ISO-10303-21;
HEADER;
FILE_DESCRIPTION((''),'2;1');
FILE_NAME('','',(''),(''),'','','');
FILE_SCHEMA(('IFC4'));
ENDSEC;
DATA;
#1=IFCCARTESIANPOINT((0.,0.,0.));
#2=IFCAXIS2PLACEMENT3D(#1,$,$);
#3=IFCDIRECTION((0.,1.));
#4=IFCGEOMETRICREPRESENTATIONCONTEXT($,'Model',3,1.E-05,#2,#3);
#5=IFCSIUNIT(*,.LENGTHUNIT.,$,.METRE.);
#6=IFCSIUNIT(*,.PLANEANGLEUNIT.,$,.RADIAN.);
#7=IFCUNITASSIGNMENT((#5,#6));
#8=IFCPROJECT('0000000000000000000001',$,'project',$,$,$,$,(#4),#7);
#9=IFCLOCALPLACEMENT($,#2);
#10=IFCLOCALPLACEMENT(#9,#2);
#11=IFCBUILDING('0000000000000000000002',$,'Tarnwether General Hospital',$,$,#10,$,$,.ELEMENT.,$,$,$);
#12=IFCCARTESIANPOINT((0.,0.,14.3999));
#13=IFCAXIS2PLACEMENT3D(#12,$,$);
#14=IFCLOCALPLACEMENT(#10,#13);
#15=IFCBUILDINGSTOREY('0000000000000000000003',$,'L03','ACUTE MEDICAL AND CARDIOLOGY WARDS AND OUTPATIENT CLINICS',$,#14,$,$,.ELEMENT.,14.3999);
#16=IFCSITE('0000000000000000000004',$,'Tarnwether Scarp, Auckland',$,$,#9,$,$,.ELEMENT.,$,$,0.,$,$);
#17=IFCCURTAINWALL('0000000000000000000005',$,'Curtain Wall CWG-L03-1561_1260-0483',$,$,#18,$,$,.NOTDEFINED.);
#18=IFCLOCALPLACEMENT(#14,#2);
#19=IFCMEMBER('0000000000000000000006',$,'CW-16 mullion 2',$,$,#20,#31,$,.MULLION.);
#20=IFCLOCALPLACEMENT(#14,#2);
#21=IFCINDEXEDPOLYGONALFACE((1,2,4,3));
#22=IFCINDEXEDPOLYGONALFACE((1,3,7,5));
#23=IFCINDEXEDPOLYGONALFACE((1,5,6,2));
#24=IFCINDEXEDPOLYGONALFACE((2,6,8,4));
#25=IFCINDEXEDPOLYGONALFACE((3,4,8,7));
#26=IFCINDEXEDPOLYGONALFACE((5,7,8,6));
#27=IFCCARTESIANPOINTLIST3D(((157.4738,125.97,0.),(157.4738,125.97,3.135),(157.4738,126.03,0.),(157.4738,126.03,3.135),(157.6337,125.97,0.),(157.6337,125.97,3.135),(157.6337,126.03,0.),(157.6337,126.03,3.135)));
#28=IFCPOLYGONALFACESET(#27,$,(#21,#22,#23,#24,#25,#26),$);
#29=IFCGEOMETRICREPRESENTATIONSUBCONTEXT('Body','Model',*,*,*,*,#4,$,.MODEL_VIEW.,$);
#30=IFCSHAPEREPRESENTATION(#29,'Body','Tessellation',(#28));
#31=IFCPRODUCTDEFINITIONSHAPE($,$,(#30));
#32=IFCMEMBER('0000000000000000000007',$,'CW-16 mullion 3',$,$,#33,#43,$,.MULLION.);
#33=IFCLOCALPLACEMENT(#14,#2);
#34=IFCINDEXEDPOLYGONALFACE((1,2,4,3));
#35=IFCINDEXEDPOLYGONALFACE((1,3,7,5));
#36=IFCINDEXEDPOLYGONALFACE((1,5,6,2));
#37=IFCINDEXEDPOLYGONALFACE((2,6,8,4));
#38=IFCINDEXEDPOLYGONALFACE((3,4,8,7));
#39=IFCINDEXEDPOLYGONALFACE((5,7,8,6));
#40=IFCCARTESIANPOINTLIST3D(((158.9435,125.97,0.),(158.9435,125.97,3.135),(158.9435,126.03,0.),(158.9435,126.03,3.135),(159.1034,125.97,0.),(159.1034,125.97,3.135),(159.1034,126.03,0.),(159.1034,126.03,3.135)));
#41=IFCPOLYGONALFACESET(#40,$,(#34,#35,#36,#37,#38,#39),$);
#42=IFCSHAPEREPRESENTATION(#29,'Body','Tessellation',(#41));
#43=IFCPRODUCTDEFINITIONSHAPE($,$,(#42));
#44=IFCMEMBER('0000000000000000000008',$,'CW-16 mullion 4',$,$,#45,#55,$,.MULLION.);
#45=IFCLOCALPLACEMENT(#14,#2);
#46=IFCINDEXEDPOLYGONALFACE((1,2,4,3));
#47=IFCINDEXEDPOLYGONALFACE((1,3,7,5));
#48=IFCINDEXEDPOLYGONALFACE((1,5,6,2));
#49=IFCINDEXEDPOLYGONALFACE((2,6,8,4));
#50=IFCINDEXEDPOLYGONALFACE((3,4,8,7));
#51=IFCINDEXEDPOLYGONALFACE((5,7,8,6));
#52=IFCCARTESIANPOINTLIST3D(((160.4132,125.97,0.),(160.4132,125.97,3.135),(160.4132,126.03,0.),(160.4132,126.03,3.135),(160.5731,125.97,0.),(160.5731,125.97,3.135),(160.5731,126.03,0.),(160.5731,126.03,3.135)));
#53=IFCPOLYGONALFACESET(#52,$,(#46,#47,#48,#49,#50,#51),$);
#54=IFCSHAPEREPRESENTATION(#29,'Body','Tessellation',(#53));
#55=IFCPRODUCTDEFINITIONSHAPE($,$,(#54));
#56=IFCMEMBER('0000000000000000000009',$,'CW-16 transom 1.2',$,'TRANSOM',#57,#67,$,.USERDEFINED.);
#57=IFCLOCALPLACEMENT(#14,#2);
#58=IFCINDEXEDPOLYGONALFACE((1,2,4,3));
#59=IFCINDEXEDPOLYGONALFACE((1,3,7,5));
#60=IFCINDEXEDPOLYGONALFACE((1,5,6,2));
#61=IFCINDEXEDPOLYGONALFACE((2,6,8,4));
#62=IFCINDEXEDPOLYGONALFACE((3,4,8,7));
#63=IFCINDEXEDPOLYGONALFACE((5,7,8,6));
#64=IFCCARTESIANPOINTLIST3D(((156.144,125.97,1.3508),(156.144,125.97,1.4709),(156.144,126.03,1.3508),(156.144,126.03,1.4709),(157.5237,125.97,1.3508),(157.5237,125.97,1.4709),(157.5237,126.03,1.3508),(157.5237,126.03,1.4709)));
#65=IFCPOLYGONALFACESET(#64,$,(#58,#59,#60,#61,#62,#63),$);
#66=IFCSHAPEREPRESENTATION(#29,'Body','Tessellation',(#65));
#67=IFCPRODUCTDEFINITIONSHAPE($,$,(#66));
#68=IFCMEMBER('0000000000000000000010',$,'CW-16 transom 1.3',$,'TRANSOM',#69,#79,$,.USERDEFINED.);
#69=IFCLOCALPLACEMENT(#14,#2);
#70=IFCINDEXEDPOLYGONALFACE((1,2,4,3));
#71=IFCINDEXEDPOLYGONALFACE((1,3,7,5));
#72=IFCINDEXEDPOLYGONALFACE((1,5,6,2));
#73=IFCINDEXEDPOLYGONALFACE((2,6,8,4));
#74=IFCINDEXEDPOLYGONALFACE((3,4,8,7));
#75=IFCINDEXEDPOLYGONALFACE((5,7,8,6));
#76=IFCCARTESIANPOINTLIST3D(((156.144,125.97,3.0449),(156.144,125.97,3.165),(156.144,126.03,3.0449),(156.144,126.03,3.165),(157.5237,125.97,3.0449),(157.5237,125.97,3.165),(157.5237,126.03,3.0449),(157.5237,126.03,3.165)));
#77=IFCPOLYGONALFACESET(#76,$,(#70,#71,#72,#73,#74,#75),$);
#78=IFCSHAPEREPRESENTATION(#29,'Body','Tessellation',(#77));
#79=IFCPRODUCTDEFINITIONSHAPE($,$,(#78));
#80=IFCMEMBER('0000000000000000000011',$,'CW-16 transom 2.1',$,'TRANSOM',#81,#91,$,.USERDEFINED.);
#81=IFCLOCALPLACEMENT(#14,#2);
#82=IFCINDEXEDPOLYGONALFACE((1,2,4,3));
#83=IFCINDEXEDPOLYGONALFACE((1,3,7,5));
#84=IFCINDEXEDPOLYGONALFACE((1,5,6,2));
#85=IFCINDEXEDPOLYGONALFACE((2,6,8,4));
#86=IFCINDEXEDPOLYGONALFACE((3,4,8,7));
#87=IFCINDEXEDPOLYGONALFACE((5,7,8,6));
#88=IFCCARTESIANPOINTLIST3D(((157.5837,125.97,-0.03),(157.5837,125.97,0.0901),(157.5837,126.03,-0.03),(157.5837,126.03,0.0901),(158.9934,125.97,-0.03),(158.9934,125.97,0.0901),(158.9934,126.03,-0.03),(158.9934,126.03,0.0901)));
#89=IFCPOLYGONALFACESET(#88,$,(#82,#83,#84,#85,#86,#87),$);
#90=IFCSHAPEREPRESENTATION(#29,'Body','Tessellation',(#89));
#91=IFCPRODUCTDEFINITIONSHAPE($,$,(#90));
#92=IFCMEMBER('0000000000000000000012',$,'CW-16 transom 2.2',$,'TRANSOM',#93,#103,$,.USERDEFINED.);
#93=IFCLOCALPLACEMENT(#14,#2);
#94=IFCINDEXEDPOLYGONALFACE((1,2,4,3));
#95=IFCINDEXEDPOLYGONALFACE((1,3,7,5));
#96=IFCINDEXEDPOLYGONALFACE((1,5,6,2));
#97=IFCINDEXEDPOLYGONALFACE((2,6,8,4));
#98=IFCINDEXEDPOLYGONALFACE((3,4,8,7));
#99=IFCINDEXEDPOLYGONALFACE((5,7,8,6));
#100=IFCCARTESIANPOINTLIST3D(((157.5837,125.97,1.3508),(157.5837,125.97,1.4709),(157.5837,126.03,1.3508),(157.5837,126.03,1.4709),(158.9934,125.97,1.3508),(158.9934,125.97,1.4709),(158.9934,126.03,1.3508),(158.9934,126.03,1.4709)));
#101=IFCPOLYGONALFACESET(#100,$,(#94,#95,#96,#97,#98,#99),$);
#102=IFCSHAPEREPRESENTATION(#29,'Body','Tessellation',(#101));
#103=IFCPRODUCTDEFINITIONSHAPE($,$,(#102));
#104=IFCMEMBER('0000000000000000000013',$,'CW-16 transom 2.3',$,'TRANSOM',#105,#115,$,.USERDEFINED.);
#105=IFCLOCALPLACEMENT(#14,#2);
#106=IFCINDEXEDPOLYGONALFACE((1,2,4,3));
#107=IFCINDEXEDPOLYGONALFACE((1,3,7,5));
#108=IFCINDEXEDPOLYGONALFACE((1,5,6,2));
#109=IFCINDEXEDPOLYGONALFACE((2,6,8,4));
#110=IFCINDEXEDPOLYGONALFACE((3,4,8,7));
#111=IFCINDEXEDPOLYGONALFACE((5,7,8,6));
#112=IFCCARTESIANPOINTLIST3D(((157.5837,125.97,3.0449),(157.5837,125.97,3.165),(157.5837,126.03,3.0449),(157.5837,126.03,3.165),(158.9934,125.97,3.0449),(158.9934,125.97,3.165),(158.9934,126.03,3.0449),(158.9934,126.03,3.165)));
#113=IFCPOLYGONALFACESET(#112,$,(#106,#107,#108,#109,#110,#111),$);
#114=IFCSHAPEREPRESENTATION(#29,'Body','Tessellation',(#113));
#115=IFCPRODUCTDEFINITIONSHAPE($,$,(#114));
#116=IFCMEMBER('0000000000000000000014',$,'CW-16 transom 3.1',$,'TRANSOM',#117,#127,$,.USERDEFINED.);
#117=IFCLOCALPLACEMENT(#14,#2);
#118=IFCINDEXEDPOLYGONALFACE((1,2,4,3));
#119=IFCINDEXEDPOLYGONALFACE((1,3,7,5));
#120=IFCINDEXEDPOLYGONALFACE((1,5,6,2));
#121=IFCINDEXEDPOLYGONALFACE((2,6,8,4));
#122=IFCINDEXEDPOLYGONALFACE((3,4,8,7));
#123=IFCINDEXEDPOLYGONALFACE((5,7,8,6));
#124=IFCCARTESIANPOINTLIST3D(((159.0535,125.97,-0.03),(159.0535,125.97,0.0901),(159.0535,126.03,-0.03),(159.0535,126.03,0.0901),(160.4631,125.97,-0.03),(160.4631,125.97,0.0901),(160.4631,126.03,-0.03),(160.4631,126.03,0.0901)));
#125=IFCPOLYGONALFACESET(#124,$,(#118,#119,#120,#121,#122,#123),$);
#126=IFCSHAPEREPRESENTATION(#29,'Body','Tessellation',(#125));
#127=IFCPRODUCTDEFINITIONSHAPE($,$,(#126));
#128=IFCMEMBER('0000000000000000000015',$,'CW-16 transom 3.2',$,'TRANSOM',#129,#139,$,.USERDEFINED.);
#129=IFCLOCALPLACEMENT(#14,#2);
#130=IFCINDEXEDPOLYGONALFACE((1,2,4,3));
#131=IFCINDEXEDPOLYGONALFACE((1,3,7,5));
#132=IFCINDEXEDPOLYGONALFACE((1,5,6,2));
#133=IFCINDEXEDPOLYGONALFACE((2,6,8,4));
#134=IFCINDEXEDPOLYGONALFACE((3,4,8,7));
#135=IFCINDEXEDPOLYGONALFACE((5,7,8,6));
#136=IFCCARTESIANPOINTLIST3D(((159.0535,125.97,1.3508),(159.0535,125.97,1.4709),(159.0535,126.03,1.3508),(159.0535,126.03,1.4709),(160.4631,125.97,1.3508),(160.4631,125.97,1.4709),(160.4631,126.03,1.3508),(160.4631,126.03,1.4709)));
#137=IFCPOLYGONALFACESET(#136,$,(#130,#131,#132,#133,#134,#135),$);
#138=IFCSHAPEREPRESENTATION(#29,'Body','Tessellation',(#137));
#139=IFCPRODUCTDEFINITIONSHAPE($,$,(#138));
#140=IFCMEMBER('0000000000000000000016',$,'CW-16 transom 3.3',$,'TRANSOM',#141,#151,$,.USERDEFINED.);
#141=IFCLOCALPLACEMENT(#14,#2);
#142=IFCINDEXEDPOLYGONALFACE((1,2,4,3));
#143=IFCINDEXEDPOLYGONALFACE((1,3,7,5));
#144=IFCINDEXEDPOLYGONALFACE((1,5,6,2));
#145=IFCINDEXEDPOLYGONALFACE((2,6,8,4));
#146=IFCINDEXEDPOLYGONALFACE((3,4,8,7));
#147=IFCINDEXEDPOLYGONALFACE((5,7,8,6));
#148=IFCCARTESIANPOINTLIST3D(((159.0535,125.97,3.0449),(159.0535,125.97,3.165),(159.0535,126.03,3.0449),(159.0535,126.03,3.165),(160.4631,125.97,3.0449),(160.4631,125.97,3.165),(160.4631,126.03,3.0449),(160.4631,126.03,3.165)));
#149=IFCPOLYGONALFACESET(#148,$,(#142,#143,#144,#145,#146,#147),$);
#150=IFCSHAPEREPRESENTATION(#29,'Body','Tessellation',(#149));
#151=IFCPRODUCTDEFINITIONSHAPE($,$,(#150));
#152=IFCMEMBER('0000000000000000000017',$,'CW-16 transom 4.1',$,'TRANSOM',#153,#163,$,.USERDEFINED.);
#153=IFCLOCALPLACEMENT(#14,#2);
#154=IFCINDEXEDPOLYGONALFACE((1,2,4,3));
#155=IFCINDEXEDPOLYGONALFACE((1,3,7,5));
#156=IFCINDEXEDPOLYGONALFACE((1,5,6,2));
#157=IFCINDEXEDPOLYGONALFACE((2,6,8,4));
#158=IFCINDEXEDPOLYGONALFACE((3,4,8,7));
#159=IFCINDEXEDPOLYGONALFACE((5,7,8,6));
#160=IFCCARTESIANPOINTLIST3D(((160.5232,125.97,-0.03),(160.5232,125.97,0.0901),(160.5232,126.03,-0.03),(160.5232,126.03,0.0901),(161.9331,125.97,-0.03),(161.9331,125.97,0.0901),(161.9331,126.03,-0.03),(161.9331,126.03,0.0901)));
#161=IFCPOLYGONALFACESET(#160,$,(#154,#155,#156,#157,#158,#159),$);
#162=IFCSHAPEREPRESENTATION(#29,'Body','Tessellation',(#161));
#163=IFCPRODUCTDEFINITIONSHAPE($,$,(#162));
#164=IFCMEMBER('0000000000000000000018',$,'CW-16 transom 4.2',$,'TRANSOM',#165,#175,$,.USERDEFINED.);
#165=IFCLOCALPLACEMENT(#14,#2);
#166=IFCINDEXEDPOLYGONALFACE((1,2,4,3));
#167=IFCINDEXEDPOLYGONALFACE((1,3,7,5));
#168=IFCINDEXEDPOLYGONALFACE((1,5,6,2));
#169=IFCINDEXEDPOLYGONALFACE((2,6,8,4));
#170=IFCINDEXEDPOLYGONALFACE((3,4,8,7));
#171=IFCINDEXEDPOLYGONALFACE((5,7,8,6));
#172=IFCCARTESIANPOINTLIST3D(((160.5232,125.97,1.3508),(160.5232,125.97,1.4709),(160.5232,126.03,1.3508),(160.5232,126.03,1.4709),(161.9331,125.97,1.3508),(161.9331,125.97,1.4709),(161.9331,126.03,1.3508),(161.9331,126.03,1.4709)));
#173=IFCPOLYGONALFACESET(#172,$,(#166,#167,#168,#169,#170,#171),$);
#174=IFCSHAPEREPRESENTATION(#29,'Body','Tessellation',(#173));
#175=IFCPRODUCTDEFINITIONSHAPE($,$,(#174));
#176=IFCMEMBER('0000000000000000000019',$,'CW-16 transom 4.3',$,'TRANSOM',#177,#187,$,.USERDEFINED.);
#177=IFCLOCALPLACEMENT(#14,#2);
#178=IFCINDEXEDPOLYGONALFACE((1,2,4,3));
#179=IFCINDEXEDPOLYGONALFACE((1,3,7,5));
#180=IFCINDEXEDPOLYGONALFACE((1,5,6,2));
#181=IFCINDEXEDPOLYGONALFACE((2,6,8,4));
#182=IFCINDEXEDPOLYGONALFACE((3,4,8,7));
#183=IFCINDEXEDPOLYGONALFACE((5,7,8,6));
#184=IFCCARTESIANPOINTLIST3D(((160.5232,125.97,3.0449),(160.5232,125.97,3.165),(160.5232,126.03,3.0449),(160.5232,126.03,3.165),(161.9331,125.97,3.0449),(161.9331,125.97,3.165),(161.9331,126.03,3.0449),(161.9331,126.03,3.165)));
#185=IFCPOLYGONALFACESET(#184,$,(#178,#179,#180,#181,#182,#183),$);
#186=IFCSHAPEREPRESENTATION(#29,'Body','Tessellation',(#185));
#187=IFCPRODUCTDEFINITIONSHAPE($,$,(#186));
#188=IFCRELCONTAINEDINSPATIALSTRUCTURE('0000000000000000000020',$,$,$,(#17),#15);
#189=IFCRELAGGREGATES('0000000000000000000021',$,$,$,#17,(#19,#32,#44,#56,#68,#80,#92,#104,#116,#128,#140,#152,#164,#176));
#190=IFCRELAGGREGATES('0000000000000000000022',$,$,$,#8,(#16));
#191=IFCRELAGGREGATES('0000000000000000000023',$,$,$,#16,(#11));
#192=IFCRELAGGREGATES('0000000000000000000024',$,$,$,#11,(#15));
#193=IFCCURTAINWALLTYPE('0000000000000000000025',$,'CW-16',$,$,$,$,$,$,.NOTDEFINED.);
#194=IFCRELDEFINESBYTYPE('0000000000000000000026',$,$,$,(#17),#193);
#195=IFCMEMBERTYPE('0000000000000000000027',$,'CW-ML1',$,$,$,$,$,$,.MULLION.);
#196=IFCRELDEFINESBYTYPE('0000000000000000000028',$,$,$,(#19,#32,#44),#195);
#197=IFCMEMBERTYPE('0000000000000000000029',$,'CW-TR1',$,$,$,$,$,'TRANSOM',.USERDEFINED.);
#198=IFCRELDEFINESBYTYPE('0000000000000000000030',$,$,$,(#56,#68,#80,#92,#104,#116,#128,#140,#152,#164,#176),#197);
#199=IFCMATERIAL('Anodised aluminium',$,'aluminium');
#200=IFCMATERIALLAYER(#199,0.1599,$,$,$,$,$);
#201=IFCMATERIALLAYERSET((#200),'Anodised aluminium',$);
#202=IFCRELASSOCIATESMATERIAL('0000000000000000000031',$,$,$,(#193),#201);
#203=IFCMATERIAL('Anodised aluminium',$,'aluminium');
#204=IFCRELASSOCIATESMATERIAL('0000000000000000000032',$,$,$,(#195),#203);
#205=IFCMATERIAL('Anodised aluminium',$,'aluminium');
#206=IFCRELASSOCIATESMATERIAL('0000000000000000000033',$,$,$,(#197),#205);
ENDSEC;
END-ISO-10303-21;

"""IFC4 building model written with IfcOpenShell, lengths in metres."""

from ifc_helpers import new_model, si_unit, direction, frame, origin, origin_2d, place, context, subcontext, project, spatial, rectangle, extrude, material, layer, layer_set, material_profile, profile_set, type_object, element, aggregate, save


model = new_model("IFC4")

# Units and contexts
model_context = context("Model", 3, precision=1e-05, world=origin(), true_north=direction((0.0, 1.0)))
body_context = subcontext(model_context, "Body", "Model", "MODEL_VIEW")
ifc_project = project(units=[si_unit("LENGTHUNIT", "METRE"), si_unit("PLANEANGLEUNIT", "RADIAN")], contexts=[model_context])

# Site, building, storey
site_placement = place(None, origin())
site = spatial("IfcSite", under=ifc_project, at=site_placement, Name="Tarnwether Scarp, Auckland", CompositionType="ELEMENT", RefElevation=0.0)
building_placement = place(site_placement, origin())
building = spatial("IfcBuilding", under=site, at=building_placement, Name="Tarnwether General Hospital", CompositionType="ELEMENT")
storey_placement = place(building_placement, frame((0.0, 0.0, 14.3999)))
storey = spatial("IfcBuildingStorey", under=building, at=storey_placement, Name="L03", Description="ACUTE MEDICAL AND CARDIOLOGY WARDS AND OUTPATIENT CLINICS", CompositionType="ELEMENT", Elevation=14.3999)

# Curtain wall, members
ifc_material_1 = material(Name="Anodised aluminium", Category="aluminium")
ifc_layer_1 = layer(ifc_material_1, 0.1599)
ifc_layer_set_1 = layer_set([ifc_layer_1], Name="Anodised aluminium")
curtain_wall_type = type_object("IfcCurtainWallType", Name="CW-16", PredefinedType="NOTDEFINED", material=ifc_layer_set_1)
curtain_wall_placement = place(storey_placement, origin())
curtain_wall = element("IfcCurtainWall", 1, at=curtain_wall_placement, inside=storey, type_object=curtain_wall_type, Name="Curtain Wall CWG-L03-1561_1260-0483", PredefinedType="NOTDEFINED")
ifc_material_2 = material(Name="Anodised aluminium", Category="aluminium")
ifc_material_profile_1 = material_profile(ifc_material_2, rectangle(XDim=0.0601, YDim=0.1599, at=origin_2d()), Name="ALU-MUL-60x160")
ifc_profile_set_1 = profile_set([ifc_material_profile_1], Name="Anodised aluminium")
member_type_1 = type_object("IfcMemberType", Name="CW-ML1", PredefinedType="MULLION", material=ifc_profile_set_1)
member_1_placement = place(storey_placement, frame((157.5537, 126.0, 0.0), z_axis=(0.0, 0.0, 1.0), x_axis=(0.0, 1.0, 0.0)))
member_1 = element("IfcMember", 2, at=member_1_placement, type_object=member_type_1, Name="CW-16 mullion 2", PredefinedType="MULLION", context=body_context, shape_type="SweptSolid", body=[
    extrude(rectangle(XDim=0.0601, YDim=0.1599, at=origin_2d()), origin(), (0.0, 0.0, 1.0), 3.135),
])
member_2_placement = place(storey_placement, frame((159.0234, 126.0, 0.0), z_axis=(0.0, 0.0, 1.0), x_axis=(0.0, 1.0, 0.0)))
member_2 = element("IfcMember", 3, at=member_2_placement, type_object=member_type_1, Name="CW-16 mullion 3", PredefinedType="MULLION", context=body_context, shape_type="SweptSolid", body=[
    extrude(rectangle(XDim=0.0601, YDim=0.1599, at=origin_2d()), origin(), (0.0, 0.0, 1.0), 3.135),
])
member_3_placement = place(storey_placement, frame((160.4932, 126.0, 0.0), z_axis=(0.0, 0.0, 1.0), x_axis=(0.0, 1.0, 0.0)))
member_3 = element("IfcMember", 4, at=member_3_placement, type_object=member_type_1, Name="CW-16 mullion 4", PredefinedType="MULLION", context=body_context, shape_type="SweptSolid", body=[
    extrude(rectangle(XDim=0.0601, YDim=0.1599, at=origin_2d()), origin(), (0.0, 0.0, 1.0), 3.135),
])
ifc_material_3 = material(Name="Anodised aluminium", Category="aluminium")
ifc_material_profile_2 = material_profile(ifc_material_3, rectangle(XDim=0.0601, YDim=0.1201, at=origin_2d()), Name="ALU-TRN-60x120")
ifc_profile_set_2 = profile_set([ifc_material_profile_2], Name="Anodised aluminium")
member_type_2 = type_object("IfcMemberType", Name="CW-TR1", ElementType="TRANSOM", PredefinedType="USERDEFINED", material=ifc_profile_set_2)
member_4_placement = place(storey_placement, frame((156.144, 126.0, 1.4109), z_axis=(1.0, 0.0, 0.0), x_axis=(0.0, 1.0, 0.0)))
member_4 = element("IfcMember", 5, at=member_4_placement, type_object=member_type_2, Name="CW-16 transom 1.2", ObjectType="TRANSOM", PredefinedType="USERDEFINED", context=body_context, shape_type="SweptSolid", body=[
    extrude(rectangle(XDim=0.0601, YDim=0.1201, at=origin_2d()), origin(), (0.0, 0.0, 1.0), 1.3796),
])
member_5_placement = place(storey_placement, frame((156.144, 126.0, 3.105), z_axis=(1.0, 0.0, 0.0), x_axis=(0.0, 1.0, 0.0)))
member_5 = element("IfcMember", 6, at=member_5_placement, type_object=member_type_2, Name="CW-16 transom 1.3", ObjectType="TRANSOM", PredefinedType="USERDEFINED", context=body_context, shape_type="SweptSolid", body=[
    extrude(rectangle(XDim=0.0601, YDim=0.1201, at=origin_2d()), origin(), (0.0, 0.0, 1.0), 1.3796),
])
member_6_placement = place(storey_placement, frame((157.5837, 126.0, 0.03), z_axis=(1.0, 0.0, 0.0), x_axis=(0.0, 1.0, 0.0)))
member_6 = element("IfcMember", 7, at=member_6_placement, type_object=member_type_2, Name="CW-16 transom 2.1", ObjectType="TRANSOM", PredefinedType="USERDEFINED", context=body_context, shape_type="SweptSolid", body=[
    extrude(rectangle(XDim=0.0601, YDim=0.1201, at=origin_2d()), origin(), (0.0, 0.0, 1.0), 1.4097),
])
member_7_placement = place(storey_placement, frame((157.5837, 126.0, 1.4109), z_axis=(1.0, 0.0, 0.0), x_axis=(0.0, 1.0, 0.0)))
member_7 = element("IfcMember", 8, at=member_7_placement, type_object=member_type_2, Name="CW-16 transom 2.2", ObjectType="TRANSOM", PredefinedType="USERDEFINED", context=body_context, shape_type="SweptSolid", body=[
    extrude(rectangle(XDim=0.0601, YDim=0.1201, at=origin_2d()), origin(), (0.0, 0.0, 1.0), 1.4097),
])
member_8_placement = place(storey_placement, frame((157.5837, 126.0, 3.105), z_axis=(1.0, 0.0, 0.0), x_axis=(0.0, 1.0, 0.0)))
member_8 = element("IfcMember", 9, at=member_8_placement, type_object=member_type_2, Name="CW-16 transom 2.3", ObjectType="TRANSOM", PredefinedType="USERDEFINED", context=body_context, shape_type="SweptSolid", body=[
    extrude(rectangle(XDim=0.0601, YDim=0.1201, at=origin_2d()), origin(), (0.0, 0.0, 1.0), 1.4097),
])
member_9_placement = place(storey_placement, frame((159.0535, 126.0, 0.03), z_axis=(1.0, 0.0, 0.0), x_axis=(0.0, 1.0, 0.0)))
member_9 = element("IfcMember", 10, at=member_9_placement, type_object=member_type_2, Name="CW-16 transom 3.1", ObjectType="TRANSOM", PredefinedType="USERDEFINED", context=body_context, shape_type="SweptSolid", body=[
    extrude(rectangle(XDim=0.0601, YDim=0.1201, at=origin_2d()), origin(), (0.0, 0.0, 1.0), 1.4097),
])
member_10_placement = place(storey_placement, frame((159.0535, 126.0, 1.4109), z_axis=(1.0, 0.0, 0.0), x_axis=(0.0, 1.0, 0.0)))
member_10 = element("IfcMember", 11, at=member_10_placement, type_object=member_type_2, Name="CW-16 transom 3.2", ObjectType="TRANSOM", PredefinedType="USERDEFINED", context=body_context, shape_type="SweptSolid", body=[
    extrude(rectangle(XDim=0.0601, YDim=0.1201, at=origin_2d()), origin(), (0.0, 0.0, 1.0), 1.4097),
])
member_11_placement = place(storey_placement, frame((159.0535, 126.0, 3.105), z_axis=(1.0, 0.0, 0.0), x_axis=(0.0, 1.0, 0.0)))
member_11 = element("IfcMember", 12, at=member_11_placement, type_object=member_type_2, Name="CW-16 transom 3.3", ObjectType="TRANSOM", PredefinedType="USERDEFINED", context=body_context, shape_type="SweptSolid", body=[
    extrude(rectangle(XDim=0.0601, YDim=0.1201, at=origin_2d()), origin(), (0.0, 0.0, 1.0), 1.4097),
])
member_12_placement = place(storey_placement, frame((160.5232, 126.0, 0.03), z_axis=(1.0, 0.0, 0.0), x_axis=(0.0, 1.0, 0.0)))
member_12 = element("IfcMember", 13, at=member_12_placement, type_object=member_type_2, Name="CW-16 transom 4.1", ObjectType="TRANSOM", PredefinedType="USERDEFINED", context=body_context, shape_type="SweptSolid", body=[
    extrude(rectangle(XDim=0.0601, YDim=0.1201, at=origin_2d()), origin(), (0.0, 0.0, 1.0), 1.4099),
])
member_13_placement = place(storey_placement, frame((160.5232, 126.0, 1.4109), z_axis=(1.0, 0.0, 0.0), x_axis=(0.0, 1.0, 0.0)))
member_13 = element("IfcMember", 14, at=member_13_placement, type_object=member_type_2, Name="CW-16 transom 4.2", ObjectType="TRANSOM", PredefinedType="USERDEFINED", context=body_context, shape_type="SweptSolid", body=[
    extrude(rectangle(XDim=0.0601, YDim=0.1201, at=origin_2d()), origin(), (0.0, 0.0, 1.0), 1.4099),
])
member_14_placement = place(storey_placement, frame((160.5232, 126.0, 3.105), z_axis=(1.0, 0.0, 0.0), x_axis=(0.0, 1.0, 0.0)))
member_14 = element("IfcMember", 15, at=member_14_placement, type_object=member_type_2, Name="CW-16 transom 4.3", ObjectType="TRANSOM", PredefinedType="USERDEFINED", context=body_context, shape_type="SweptSolid", body=[
    extrude(rectangle(XDim=0.0601, YDim=0.1201, at=origin_2d()), origin(), (0.0, 0.0, 1.0), 1.4099),
])
aggregate(curtain_wall, [member_1, member_2, member_3, member_4, member_5, member_6, member_7, member_8, member_9, member_10, member_11, member_12, member_13, member_14])

save(model, "model.ifc")
